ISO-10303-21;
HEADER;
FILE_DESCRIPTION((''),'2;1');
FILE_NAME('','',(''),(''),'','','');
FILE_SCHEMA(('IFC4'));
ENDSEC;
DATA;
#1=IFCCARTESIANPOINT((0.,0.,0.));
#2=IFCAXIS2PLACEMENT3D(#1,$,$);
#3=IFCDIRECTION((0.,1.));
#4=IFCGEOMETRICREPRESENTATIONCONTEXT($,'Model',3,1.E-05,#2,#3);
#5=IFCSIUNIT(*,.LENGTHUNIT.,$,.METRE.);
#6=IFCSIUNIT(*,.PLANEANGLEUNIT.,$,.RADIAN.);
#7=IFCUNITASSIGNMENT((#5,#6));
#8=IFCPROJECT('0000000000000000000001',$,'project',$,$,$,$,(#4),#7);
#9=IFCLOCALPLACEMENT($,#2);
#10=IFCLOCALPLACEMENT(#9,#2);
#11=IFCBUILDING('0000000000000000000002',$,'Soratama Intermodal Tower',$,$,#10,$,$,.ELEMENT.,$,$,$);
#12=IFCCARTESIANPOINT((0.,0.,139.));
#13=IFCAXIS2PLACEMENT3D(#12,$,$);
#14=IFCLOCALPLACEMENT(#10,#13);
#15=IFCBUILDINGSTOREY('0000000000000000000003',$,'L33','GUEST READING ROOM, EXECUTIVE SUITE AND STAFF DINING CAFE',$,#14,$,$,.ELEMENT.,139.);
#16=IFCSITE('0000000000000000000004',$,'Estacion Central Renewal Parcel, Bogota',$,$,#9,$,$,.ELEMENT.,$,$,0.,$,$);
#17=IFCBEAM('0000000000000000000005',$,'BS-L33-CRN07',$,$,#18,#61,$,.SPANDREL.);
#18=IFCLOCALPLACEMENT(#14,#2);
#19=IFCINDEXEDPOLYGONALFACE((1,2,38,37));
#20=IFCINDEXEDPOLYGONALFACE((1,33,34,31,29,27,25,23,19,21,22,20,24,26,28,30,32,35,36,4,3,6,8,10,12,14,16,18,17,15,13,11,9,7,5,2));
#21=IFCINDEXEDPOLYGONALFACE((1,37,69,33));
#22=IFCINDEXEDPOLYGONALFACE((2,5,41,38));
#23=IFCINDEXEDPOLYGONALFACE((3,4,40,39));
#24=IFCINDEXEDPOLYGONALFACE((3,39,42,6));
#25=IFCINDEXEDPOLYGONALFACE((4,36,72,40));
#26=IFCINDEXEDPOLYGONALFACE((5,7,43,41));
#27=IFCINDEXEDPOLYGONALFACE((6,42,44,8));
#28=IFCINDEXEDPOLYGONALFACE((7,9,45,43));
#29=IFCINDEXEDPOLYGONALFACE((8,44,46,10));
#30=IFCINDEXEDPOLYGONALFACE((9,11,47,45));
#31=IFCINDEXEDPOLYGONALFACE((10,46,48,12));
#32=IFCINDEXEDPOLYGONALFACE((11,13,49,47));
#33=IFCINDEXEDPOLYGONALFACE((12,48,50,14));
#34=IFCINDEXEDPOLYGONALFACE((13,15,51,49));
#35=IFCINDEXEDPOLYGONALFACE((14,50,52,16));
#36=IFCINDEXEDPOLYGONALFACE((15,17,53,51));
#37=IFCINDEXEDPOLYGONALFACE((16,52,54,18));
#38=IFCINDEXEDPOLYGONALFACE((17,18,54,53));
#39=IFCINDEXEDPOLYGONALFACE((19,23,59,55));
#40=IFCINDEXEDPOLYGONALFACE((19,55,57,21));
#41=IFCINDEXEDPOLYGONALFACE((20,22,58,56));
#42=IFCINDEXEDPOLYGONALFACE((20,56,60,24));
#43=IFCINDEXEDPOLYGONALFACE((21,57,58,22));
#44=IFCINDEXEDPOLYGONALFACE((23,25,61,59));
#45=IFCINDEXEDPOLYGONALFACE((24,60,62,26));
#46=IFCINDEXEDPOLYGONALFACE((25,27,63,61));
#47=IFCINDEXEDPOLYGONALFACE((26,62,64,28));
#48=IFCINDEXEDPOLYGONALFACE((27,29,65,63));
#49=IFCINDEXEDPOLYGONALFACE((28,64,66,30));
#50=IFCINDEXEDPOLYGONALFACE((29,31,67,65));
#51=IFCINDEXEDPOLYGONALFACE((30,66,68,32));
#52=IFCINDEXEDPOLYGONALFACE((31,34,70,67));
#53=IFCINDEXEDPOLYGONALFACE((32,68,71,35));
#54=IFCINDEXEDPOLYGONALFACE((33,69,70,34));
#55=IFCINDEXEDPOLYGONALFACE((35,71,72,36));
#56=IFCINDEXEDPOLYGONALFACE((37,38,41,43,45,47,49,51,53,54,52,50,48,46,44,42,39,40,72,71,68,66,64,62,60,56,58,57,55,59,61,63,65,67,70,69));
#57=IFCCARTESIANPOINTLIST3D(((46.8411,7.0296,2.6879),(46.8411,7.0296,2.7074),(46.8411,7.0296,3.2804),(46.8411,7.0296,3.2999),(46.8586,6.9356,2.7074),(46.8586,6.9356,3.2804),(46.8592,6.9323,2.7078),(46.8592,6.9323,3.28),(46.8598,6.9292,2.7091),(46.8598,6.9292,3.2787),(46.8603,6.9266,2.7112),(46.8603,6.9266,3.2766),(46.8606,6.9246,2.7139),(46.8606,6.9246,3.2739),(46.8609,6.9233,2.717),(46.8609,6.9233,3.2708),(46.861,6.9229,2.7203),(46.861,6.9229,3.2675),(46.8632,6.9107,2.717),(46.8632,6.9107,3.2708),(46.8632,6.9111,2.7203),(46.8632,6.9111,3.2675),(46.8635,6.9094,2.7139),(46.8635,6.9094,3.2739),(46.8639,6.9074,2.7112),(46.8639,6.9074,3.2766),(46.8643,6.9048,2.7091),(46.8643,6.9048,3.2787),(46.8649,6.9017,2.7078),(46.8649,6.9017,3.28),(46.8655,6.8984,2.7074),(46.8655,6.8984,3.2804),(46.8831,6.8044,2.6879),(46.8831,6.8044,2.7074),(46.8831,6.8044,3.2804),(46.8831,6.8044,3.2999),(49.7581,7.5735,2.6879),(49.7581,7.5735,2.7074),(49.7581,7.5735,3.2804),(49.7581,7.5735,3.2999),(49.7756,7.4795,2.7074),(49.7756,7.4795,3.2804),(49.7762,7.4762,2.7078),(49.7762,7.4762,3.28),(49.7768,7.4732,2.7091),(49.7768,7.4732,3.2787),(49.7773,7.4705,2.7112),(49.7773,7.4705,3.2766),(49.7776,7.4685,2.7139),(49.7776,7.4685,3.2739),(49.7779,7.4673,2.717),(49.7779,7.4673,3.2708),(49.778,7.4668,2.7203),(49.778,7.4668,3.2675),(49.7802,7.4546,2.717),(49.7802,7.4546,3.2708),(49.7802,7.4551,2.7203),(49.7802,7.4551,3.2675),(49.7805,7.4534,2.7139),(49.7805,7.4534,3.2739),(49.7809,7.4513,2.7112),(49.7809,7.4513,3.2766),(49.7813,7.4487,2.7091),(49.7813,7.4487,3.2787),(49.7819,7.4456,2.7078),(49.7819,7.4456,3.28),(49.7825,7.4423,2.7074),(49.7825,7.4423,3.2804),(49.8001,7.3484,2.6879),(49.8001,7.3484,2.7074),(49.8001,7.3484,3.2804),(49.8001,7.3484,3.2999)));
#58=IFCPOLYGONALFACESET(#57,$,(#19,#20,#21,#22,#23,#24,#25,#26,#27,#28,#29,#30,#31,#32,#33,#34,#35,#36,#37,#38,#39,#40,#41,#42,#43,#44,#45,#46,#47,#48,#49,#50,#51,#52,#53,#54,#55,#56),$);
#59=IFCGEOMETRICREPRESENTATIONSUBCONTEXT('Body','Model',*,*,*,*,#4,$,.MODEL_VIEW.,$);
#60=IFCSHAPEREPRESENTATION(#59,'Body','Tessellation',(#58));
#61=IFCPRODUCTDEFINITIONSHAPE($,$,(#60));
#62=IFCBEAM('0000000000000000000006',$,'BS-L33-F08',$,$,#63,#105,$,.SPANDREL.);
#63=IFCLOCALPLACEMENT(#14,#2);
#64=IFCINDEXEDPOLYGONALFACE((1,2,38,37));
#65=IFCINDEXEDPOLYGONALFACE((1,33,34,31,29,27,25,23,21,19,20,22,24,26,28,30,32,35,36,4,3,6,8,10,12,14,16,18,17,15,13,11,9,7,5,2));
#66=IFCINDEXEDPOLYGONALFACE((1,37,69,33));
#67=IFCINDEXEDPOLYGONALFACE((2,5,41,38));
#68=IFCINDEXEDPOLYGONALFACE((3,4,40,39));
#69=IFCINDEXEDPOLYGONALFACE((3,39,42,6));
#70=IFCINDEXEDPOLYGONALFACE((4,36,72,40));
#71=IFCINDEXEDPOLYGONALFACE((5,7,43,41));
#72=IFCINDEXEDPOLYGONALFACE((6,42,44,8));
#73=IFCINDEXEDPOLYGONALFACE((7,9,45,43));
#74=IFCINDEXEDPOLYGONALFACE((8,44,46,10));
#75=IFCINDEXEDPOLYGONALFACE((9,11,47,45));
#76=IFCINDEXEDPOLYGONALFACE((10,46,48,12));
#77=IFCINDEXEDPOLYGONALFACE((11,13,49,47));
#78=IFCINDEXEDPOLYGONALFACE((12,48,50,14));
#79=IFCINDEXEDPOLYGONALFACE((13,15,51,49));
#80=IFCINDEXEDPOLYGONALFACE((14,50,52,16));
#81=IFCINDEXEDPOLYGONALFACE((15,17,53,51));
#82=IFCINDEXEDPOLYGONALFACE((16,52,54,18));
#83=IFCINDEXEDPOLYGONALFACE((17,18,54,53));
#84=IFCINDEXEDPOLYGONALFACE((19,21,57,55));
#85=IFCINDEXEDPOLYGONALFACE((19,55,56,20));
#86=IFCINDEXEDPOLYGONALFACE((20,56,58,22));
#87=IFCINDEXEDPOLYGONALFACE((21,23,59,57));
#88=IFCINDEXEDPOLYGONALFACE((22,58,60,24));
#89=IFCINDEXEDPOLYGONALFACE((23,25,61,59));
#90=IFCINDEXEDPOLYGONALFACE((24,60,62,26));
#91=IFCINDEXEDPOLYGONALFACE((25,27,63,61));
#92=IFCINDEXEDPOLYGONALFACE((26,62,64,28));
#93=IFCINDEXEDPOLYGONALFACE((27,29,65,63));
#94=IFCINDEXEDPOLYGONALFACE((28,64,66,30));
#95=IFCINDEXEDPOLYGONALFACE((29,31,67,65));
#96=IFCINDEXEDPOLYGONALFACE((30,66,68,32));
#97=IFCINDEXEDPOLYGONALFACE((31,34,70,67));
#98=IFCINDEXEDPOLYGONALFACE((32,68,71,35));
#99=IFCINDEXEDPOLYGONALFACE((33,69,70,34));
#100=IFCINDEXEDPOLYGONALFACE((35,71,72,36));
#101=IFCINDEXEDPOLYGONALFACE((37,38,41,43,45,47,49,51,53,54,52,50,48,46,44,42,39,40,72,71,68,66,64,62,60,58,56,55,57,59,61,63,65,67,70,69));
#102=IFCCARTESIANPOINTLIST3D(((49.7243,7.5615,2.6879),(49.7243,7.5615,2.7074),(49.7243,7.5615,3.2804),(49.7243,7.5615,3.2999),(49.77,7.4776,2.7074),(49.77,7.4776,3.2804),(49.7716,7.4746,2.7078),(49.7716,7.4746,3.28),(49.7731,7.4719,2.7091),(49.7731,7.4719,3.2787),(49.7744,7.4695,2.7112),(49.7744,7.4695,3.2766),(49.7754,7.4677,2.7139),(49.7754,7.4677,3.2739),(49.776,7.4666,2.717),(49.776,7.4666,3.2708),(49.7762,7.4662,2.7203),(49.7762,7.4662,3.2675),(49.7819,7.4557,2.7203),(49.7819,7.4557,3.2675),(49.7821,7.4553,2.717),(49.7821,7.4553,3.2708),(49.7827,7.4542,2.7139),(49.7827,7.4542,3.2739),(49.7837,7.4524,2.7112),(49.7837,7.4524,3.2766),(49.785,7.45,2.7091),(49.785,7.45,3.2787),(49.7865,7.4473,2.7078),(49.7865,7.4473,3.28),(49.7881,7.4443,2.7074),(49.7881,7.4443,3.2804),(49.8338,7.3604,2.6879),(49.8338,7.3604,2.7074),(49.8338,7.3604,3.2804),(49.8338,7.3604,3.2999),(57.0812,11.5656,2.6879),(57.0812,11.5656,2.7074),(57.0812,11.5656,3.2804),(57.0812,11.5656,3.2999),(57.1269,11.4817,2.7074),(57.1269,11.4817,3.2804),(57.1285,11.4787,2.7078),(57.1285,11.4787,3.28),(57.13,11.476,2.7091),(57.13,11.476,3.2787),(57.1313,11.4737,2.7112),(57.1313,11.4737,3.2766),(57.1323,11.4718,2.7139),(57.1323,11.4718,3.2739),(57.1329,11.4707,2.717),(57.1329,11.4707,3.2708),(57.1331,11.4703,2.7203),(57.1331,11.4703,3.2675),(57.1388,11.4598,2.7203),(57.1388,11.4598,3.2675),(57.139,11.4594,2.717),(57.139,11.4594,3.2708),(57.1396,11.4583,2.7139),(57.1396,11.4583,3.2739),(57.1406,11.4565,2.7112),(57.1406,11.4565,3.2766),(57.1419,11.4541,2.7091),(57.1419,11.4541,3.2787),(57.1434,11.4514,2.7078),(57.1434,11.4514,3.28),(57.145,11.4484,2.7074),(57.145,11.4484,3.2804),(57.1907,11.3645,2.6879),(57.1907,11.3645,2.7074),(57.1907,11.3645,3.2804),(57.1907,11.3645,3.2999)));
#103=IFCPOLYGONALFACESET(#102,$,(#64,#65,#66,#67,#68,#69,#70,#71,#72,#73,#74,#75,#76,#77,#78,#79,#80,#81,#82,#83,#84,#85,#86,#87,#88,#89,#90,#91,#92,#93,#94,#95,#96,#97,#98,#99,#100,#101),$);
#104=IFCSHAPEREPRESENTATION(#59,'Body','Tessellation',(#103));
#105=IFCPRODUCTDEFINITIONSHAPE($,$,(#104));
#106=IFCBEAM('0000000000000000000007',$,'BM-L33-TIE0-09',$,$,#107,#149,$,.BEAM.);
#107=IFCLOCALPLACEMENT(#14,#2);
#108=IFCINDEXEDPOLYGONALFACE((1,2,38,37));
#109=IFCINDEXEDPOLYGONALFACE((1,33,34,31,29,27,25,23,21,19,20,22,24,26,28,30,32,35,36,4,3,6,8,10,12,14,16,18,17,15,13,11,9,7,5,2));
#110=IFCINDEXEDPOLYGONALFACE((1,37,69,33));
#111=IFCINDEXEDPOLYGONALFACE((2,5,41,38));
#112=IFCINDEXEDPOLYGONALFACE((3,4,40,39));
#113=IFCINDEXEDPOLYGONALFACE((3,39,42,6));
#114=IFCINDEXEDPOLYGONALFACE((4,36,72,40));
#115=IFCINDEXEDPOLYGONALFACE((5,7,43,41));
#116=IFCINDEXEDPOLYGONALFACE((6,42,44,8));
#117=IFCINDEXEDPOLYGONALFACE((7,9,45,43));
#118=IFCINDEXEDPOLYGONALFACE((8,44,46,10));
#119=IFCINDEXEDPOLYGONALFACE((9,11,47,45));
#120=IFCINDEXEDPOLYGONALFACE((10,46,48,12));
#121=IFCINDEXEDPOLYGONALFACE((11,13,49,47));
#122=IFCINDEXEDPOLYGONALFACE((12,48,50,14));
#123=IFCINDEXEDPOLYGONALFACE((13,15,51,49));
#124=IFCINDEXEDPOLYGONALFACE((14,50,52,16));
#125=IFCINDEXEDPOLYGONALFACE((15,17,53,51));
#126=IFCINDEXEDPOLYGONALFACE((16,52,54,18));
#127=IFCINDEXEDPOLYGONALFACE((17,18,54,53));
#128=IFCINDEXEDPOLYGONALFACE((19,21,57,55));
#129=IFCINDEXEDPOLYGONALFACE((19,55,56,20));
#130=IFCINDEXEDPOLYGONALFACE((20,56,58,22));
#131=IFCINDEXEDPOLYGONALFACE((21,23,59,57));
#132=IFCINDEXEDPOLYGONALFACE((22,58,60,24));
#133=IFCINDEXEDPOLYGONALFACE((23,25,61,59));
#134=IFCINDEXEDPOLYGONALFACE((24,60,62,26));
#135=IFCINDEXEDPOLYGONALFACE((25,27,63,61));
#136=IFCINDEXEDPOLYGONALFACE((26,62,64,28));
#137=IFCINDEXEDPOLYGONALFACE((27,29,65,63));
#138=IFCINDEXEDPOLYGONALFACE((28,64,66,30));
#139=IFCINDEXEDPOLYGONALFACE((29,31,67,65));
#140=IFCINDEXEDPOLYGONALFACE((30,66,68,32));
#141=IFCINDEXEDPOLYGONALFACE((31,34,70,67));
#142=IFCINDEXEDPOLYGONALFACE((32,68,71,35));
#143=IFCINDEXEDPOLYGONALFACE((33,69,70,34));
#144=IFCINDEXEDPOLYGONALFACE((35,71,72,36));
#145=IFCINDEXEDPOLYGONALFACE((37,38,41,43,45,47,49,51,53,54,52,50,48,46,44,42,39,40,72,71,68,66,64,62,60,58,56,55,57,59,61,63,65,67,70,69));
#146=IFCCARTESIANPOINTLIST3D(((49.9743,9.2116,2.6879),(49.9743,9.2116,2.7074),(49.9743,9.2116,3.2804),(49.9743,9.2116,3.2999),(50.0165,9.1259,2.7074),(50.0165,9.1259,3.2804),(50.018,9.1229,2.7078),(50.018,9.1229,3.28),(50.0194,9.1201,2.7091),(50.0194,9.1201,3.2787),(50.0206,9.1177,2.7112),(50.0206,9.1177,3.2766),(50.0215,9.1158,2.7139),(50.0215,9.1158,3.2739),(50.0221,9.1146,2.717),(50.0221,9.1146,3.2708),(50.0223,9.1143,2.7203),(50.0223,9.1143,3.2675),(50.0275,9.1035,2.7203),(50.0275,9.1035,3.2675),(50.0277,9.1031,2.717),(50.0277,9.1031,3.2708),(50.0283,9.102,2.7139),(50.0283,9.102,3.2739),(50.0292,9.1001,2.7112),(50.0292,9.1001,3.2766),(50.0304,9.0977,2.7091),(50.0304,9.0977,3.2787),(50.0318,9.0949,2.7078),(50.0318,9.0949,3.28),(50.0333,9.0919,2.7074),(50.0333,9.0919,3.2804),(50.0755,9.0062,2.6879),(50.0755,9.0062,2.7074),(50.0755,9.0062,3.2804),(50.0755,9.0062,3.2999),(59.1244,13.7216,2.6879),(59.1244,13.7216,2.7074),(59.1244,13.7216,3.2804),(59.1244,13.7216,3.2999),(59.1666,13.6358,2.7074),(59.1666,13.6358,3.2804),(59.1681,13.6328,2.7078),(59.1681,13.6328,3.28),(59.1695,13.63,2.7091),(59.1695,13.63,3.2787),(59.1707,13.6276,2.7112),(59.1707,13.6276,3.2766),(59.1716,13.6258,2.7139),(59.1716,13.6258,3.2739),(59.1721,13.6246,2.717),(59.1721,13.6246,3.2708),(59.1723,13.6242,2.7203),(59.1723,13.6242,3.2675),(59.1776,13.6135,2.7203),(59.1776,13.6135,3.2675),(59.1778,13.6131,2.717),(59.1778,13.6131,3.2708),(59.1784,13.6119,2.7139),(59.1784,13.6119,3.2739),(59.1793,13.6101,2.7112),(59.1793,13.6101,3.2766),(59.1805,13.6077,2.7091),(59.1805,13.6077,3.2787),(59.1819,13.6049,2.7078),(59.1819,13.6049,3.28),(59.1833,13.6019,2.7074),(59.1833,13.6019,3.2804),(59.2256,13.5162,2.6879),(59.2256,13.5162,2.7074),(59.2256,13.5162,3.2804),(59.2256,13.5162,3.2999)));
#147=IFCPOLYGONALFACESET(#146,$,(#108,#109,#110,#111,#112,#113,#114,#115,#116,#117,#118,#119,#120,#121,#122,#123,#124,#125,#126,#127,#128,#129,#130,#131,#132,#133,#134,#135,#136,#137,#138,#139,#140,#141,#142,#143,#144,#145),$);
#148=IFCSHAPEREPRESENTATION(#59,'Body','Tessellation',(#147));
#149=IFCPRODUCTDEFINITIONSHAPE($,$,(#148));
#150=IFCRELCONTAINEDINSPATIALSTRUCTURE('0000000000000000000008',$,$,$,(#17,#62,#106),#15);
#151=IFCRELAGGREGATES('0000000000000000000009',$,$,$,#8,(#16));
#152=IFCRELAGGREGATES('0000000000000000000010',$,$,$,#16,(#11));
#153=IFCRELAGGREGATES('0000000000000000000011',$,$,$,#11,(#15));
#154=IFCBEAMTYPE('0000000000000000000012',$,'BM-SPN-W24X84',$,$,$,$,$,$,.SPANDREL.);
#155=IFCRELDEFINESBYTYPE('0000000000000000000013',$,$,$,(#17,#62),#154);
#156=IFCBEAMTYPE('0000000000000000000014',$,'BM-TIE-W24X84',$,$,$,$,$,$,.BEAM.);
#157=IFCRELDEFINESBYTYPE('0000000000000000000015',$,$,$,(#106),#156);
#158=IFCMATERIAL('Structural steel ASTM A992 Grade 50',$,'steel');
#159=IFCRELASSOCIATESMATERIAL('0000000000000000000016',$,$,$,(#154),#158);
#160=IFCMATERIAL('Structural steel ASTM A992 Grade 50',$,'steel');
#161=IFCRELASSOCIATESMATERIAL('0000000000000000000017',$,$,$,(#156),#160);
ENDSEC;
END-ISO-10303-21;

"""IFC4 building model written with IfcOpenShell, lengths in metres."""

from ifc_helpers import new_model, si_unit, direction, frame, origin, origin_2d, place, context, subcontext, project, spatial, i_section, extrude, material, material_profile, profile_set, type_object, element, save


model = new_model("IFC4")

# Units and contexts
model_context = context("Model", 3, precision=1e-05, world=origin(), true_north=direction((0.0, 1.0)))
body_context = subcontext(model_context, "Body", "Model", "MODEL_VIEW")
ifc_project = project(units=[si_unit("LENGTHUNIT", "METRE"), si_unit("PLANEANGLEUNIT", "RADIAN")], contexts=[model_context])

# Site, building, storey
site_placement = place(None, origin())
site = spatial("IfcSite", under=ifc_project, at=site_placement, Name="Estacion Central Renewal Parcel, Bogota", CompositionType="ELEMENT", RefElevation=0.0)
building_placement = place(site_placement, origin())
building = spatial("IfcBuilding", under=site, at=building_placement, Name="Soratama Intermodal Tower", CompositionType="ELEMENT")
storey_placement = place(building_placement, frame((0.0, 0.0, 139.0)))
storey = spatial("IfcBuildingStorey", under=building, at=storey_placement, Name="L33", Description="GUEST READING ROOM, EXECUTIVE SUITE AND STAFF DINING CAFE", CompositionType="ELEMENT", Elevation=139.0)

# Beams
ifc_material_1 = material(Name="Structural steel ASTM A992 Grade 50", Category="steel")
ifc_material_profile_1 = material_profile(ifc_material_1, i_section(OverallWidth=0.229, OverallDepth=0.6121, WebThickness=0.012, FlangeThickness=0.0195, FilletRadius=0.0129, at=origin_2d()), Name="W24X84")
ifc_profile_set_1 = profile_set([ifc_material_profile_1], Name="Structural steel ASTM A992 Grade 50")
beam_type_1 = type_object("IfcBeamType", Name="BM-SPN-W24X84", PredefinedType="SPANDREL", material=ifc_profile_set_1)
beam_1_placement = place(storey_placement, frame((46.8621, 6.917, 2.9939), z_axis=(0.983054, 0.183315, 0.0), x_axis=(-0.183315, 0.983054, 0.0)))
element("IfcBeam", 1, at=beam_1_placement, inside=storey, type_object=beam_type_1, Name="BS-L33-CRN07", PredefinedType="SPANDREL", context=body_context, shape_type="SweptSolid", body=[
    extrude(i_section(OverallWidth=0.229, OverallDepth=0.6121, WebThickness=0.012, FlangeThickness=0.0195, FilletRadius=0.0129, at=origin_2d()), origin(), (0.0, 0.0, 1.0), 2.9673),
])
beam_2_placement = place(storey_placement, frame((49.7791, 7.4609, 2.9939), z_axis=(0.878333, 0.478049, 0.0), x_axis=(-0.478049, 0.878333, 0.0)))
element("IfcBeam", 2, at=beam_2_placement, inside=storey, type_object=beam_type_1, Name="BS-L33-F08", PredefinedType="SPANDREL", context=body_context, shape_type="SweptSolid", body=[
    extrude(i_section(OverallWidth=0.229, OverallDepth=0.6121, WebThickness=0.012, FlangeThickness=0.0195, FilletRadius=0.0129, at=origin_2d()), origin(), (0.0, 0.0, 1.0), 8.376),
])
ifc_material_2 = material(Name="Structural steel ASTM A992 Grade 50", Category="steel")
ifc_material_profile_2 = material_profile(ifc_material_2, i_section(OverallWidth=0.229, OverallDepth=0.6121, WebThickness=0.012, FlangeThickness=0.0195, FilletRadius=0.0129, at=origin_2d()), Name="W24X84")
ifc_profile_set_2 = profile_set([ifc_material_profile_2], Name="Structural steel ASTM A992 Grade 50")
beam_type_2 = type_object("IfcBeamType", Name="BM-TIE-W24X84", PredefinedType="BEAM", material=ifc_profile_set_2)
beam_3_placement = place(storey_placement, frame((50.0249, 9.1089, 2.9939), z_axis=(0.896964, 0.442104, 0.0), x_axis=(-0.442104, 0.896964, 0.0)))
element("IfcBeam", 3, at=beam_3_placement, inside=storey, type_object=beam_type_2, Name="BM-L33-TIE0-09", PredefinedType="BEAM", context=body_context, shape_type="SweptSolid", body=[
    extrude(i_section(OverallWidth=0.229, OverallDepth=0.6121, WebThickness=0.012, FlangeThickness=0.0195, FilletRadius=0.0129, at=origin_2d()), origin(), (0.0, 0.0, 1.0), 10.2012),
])

save(model, "model.ifc")
